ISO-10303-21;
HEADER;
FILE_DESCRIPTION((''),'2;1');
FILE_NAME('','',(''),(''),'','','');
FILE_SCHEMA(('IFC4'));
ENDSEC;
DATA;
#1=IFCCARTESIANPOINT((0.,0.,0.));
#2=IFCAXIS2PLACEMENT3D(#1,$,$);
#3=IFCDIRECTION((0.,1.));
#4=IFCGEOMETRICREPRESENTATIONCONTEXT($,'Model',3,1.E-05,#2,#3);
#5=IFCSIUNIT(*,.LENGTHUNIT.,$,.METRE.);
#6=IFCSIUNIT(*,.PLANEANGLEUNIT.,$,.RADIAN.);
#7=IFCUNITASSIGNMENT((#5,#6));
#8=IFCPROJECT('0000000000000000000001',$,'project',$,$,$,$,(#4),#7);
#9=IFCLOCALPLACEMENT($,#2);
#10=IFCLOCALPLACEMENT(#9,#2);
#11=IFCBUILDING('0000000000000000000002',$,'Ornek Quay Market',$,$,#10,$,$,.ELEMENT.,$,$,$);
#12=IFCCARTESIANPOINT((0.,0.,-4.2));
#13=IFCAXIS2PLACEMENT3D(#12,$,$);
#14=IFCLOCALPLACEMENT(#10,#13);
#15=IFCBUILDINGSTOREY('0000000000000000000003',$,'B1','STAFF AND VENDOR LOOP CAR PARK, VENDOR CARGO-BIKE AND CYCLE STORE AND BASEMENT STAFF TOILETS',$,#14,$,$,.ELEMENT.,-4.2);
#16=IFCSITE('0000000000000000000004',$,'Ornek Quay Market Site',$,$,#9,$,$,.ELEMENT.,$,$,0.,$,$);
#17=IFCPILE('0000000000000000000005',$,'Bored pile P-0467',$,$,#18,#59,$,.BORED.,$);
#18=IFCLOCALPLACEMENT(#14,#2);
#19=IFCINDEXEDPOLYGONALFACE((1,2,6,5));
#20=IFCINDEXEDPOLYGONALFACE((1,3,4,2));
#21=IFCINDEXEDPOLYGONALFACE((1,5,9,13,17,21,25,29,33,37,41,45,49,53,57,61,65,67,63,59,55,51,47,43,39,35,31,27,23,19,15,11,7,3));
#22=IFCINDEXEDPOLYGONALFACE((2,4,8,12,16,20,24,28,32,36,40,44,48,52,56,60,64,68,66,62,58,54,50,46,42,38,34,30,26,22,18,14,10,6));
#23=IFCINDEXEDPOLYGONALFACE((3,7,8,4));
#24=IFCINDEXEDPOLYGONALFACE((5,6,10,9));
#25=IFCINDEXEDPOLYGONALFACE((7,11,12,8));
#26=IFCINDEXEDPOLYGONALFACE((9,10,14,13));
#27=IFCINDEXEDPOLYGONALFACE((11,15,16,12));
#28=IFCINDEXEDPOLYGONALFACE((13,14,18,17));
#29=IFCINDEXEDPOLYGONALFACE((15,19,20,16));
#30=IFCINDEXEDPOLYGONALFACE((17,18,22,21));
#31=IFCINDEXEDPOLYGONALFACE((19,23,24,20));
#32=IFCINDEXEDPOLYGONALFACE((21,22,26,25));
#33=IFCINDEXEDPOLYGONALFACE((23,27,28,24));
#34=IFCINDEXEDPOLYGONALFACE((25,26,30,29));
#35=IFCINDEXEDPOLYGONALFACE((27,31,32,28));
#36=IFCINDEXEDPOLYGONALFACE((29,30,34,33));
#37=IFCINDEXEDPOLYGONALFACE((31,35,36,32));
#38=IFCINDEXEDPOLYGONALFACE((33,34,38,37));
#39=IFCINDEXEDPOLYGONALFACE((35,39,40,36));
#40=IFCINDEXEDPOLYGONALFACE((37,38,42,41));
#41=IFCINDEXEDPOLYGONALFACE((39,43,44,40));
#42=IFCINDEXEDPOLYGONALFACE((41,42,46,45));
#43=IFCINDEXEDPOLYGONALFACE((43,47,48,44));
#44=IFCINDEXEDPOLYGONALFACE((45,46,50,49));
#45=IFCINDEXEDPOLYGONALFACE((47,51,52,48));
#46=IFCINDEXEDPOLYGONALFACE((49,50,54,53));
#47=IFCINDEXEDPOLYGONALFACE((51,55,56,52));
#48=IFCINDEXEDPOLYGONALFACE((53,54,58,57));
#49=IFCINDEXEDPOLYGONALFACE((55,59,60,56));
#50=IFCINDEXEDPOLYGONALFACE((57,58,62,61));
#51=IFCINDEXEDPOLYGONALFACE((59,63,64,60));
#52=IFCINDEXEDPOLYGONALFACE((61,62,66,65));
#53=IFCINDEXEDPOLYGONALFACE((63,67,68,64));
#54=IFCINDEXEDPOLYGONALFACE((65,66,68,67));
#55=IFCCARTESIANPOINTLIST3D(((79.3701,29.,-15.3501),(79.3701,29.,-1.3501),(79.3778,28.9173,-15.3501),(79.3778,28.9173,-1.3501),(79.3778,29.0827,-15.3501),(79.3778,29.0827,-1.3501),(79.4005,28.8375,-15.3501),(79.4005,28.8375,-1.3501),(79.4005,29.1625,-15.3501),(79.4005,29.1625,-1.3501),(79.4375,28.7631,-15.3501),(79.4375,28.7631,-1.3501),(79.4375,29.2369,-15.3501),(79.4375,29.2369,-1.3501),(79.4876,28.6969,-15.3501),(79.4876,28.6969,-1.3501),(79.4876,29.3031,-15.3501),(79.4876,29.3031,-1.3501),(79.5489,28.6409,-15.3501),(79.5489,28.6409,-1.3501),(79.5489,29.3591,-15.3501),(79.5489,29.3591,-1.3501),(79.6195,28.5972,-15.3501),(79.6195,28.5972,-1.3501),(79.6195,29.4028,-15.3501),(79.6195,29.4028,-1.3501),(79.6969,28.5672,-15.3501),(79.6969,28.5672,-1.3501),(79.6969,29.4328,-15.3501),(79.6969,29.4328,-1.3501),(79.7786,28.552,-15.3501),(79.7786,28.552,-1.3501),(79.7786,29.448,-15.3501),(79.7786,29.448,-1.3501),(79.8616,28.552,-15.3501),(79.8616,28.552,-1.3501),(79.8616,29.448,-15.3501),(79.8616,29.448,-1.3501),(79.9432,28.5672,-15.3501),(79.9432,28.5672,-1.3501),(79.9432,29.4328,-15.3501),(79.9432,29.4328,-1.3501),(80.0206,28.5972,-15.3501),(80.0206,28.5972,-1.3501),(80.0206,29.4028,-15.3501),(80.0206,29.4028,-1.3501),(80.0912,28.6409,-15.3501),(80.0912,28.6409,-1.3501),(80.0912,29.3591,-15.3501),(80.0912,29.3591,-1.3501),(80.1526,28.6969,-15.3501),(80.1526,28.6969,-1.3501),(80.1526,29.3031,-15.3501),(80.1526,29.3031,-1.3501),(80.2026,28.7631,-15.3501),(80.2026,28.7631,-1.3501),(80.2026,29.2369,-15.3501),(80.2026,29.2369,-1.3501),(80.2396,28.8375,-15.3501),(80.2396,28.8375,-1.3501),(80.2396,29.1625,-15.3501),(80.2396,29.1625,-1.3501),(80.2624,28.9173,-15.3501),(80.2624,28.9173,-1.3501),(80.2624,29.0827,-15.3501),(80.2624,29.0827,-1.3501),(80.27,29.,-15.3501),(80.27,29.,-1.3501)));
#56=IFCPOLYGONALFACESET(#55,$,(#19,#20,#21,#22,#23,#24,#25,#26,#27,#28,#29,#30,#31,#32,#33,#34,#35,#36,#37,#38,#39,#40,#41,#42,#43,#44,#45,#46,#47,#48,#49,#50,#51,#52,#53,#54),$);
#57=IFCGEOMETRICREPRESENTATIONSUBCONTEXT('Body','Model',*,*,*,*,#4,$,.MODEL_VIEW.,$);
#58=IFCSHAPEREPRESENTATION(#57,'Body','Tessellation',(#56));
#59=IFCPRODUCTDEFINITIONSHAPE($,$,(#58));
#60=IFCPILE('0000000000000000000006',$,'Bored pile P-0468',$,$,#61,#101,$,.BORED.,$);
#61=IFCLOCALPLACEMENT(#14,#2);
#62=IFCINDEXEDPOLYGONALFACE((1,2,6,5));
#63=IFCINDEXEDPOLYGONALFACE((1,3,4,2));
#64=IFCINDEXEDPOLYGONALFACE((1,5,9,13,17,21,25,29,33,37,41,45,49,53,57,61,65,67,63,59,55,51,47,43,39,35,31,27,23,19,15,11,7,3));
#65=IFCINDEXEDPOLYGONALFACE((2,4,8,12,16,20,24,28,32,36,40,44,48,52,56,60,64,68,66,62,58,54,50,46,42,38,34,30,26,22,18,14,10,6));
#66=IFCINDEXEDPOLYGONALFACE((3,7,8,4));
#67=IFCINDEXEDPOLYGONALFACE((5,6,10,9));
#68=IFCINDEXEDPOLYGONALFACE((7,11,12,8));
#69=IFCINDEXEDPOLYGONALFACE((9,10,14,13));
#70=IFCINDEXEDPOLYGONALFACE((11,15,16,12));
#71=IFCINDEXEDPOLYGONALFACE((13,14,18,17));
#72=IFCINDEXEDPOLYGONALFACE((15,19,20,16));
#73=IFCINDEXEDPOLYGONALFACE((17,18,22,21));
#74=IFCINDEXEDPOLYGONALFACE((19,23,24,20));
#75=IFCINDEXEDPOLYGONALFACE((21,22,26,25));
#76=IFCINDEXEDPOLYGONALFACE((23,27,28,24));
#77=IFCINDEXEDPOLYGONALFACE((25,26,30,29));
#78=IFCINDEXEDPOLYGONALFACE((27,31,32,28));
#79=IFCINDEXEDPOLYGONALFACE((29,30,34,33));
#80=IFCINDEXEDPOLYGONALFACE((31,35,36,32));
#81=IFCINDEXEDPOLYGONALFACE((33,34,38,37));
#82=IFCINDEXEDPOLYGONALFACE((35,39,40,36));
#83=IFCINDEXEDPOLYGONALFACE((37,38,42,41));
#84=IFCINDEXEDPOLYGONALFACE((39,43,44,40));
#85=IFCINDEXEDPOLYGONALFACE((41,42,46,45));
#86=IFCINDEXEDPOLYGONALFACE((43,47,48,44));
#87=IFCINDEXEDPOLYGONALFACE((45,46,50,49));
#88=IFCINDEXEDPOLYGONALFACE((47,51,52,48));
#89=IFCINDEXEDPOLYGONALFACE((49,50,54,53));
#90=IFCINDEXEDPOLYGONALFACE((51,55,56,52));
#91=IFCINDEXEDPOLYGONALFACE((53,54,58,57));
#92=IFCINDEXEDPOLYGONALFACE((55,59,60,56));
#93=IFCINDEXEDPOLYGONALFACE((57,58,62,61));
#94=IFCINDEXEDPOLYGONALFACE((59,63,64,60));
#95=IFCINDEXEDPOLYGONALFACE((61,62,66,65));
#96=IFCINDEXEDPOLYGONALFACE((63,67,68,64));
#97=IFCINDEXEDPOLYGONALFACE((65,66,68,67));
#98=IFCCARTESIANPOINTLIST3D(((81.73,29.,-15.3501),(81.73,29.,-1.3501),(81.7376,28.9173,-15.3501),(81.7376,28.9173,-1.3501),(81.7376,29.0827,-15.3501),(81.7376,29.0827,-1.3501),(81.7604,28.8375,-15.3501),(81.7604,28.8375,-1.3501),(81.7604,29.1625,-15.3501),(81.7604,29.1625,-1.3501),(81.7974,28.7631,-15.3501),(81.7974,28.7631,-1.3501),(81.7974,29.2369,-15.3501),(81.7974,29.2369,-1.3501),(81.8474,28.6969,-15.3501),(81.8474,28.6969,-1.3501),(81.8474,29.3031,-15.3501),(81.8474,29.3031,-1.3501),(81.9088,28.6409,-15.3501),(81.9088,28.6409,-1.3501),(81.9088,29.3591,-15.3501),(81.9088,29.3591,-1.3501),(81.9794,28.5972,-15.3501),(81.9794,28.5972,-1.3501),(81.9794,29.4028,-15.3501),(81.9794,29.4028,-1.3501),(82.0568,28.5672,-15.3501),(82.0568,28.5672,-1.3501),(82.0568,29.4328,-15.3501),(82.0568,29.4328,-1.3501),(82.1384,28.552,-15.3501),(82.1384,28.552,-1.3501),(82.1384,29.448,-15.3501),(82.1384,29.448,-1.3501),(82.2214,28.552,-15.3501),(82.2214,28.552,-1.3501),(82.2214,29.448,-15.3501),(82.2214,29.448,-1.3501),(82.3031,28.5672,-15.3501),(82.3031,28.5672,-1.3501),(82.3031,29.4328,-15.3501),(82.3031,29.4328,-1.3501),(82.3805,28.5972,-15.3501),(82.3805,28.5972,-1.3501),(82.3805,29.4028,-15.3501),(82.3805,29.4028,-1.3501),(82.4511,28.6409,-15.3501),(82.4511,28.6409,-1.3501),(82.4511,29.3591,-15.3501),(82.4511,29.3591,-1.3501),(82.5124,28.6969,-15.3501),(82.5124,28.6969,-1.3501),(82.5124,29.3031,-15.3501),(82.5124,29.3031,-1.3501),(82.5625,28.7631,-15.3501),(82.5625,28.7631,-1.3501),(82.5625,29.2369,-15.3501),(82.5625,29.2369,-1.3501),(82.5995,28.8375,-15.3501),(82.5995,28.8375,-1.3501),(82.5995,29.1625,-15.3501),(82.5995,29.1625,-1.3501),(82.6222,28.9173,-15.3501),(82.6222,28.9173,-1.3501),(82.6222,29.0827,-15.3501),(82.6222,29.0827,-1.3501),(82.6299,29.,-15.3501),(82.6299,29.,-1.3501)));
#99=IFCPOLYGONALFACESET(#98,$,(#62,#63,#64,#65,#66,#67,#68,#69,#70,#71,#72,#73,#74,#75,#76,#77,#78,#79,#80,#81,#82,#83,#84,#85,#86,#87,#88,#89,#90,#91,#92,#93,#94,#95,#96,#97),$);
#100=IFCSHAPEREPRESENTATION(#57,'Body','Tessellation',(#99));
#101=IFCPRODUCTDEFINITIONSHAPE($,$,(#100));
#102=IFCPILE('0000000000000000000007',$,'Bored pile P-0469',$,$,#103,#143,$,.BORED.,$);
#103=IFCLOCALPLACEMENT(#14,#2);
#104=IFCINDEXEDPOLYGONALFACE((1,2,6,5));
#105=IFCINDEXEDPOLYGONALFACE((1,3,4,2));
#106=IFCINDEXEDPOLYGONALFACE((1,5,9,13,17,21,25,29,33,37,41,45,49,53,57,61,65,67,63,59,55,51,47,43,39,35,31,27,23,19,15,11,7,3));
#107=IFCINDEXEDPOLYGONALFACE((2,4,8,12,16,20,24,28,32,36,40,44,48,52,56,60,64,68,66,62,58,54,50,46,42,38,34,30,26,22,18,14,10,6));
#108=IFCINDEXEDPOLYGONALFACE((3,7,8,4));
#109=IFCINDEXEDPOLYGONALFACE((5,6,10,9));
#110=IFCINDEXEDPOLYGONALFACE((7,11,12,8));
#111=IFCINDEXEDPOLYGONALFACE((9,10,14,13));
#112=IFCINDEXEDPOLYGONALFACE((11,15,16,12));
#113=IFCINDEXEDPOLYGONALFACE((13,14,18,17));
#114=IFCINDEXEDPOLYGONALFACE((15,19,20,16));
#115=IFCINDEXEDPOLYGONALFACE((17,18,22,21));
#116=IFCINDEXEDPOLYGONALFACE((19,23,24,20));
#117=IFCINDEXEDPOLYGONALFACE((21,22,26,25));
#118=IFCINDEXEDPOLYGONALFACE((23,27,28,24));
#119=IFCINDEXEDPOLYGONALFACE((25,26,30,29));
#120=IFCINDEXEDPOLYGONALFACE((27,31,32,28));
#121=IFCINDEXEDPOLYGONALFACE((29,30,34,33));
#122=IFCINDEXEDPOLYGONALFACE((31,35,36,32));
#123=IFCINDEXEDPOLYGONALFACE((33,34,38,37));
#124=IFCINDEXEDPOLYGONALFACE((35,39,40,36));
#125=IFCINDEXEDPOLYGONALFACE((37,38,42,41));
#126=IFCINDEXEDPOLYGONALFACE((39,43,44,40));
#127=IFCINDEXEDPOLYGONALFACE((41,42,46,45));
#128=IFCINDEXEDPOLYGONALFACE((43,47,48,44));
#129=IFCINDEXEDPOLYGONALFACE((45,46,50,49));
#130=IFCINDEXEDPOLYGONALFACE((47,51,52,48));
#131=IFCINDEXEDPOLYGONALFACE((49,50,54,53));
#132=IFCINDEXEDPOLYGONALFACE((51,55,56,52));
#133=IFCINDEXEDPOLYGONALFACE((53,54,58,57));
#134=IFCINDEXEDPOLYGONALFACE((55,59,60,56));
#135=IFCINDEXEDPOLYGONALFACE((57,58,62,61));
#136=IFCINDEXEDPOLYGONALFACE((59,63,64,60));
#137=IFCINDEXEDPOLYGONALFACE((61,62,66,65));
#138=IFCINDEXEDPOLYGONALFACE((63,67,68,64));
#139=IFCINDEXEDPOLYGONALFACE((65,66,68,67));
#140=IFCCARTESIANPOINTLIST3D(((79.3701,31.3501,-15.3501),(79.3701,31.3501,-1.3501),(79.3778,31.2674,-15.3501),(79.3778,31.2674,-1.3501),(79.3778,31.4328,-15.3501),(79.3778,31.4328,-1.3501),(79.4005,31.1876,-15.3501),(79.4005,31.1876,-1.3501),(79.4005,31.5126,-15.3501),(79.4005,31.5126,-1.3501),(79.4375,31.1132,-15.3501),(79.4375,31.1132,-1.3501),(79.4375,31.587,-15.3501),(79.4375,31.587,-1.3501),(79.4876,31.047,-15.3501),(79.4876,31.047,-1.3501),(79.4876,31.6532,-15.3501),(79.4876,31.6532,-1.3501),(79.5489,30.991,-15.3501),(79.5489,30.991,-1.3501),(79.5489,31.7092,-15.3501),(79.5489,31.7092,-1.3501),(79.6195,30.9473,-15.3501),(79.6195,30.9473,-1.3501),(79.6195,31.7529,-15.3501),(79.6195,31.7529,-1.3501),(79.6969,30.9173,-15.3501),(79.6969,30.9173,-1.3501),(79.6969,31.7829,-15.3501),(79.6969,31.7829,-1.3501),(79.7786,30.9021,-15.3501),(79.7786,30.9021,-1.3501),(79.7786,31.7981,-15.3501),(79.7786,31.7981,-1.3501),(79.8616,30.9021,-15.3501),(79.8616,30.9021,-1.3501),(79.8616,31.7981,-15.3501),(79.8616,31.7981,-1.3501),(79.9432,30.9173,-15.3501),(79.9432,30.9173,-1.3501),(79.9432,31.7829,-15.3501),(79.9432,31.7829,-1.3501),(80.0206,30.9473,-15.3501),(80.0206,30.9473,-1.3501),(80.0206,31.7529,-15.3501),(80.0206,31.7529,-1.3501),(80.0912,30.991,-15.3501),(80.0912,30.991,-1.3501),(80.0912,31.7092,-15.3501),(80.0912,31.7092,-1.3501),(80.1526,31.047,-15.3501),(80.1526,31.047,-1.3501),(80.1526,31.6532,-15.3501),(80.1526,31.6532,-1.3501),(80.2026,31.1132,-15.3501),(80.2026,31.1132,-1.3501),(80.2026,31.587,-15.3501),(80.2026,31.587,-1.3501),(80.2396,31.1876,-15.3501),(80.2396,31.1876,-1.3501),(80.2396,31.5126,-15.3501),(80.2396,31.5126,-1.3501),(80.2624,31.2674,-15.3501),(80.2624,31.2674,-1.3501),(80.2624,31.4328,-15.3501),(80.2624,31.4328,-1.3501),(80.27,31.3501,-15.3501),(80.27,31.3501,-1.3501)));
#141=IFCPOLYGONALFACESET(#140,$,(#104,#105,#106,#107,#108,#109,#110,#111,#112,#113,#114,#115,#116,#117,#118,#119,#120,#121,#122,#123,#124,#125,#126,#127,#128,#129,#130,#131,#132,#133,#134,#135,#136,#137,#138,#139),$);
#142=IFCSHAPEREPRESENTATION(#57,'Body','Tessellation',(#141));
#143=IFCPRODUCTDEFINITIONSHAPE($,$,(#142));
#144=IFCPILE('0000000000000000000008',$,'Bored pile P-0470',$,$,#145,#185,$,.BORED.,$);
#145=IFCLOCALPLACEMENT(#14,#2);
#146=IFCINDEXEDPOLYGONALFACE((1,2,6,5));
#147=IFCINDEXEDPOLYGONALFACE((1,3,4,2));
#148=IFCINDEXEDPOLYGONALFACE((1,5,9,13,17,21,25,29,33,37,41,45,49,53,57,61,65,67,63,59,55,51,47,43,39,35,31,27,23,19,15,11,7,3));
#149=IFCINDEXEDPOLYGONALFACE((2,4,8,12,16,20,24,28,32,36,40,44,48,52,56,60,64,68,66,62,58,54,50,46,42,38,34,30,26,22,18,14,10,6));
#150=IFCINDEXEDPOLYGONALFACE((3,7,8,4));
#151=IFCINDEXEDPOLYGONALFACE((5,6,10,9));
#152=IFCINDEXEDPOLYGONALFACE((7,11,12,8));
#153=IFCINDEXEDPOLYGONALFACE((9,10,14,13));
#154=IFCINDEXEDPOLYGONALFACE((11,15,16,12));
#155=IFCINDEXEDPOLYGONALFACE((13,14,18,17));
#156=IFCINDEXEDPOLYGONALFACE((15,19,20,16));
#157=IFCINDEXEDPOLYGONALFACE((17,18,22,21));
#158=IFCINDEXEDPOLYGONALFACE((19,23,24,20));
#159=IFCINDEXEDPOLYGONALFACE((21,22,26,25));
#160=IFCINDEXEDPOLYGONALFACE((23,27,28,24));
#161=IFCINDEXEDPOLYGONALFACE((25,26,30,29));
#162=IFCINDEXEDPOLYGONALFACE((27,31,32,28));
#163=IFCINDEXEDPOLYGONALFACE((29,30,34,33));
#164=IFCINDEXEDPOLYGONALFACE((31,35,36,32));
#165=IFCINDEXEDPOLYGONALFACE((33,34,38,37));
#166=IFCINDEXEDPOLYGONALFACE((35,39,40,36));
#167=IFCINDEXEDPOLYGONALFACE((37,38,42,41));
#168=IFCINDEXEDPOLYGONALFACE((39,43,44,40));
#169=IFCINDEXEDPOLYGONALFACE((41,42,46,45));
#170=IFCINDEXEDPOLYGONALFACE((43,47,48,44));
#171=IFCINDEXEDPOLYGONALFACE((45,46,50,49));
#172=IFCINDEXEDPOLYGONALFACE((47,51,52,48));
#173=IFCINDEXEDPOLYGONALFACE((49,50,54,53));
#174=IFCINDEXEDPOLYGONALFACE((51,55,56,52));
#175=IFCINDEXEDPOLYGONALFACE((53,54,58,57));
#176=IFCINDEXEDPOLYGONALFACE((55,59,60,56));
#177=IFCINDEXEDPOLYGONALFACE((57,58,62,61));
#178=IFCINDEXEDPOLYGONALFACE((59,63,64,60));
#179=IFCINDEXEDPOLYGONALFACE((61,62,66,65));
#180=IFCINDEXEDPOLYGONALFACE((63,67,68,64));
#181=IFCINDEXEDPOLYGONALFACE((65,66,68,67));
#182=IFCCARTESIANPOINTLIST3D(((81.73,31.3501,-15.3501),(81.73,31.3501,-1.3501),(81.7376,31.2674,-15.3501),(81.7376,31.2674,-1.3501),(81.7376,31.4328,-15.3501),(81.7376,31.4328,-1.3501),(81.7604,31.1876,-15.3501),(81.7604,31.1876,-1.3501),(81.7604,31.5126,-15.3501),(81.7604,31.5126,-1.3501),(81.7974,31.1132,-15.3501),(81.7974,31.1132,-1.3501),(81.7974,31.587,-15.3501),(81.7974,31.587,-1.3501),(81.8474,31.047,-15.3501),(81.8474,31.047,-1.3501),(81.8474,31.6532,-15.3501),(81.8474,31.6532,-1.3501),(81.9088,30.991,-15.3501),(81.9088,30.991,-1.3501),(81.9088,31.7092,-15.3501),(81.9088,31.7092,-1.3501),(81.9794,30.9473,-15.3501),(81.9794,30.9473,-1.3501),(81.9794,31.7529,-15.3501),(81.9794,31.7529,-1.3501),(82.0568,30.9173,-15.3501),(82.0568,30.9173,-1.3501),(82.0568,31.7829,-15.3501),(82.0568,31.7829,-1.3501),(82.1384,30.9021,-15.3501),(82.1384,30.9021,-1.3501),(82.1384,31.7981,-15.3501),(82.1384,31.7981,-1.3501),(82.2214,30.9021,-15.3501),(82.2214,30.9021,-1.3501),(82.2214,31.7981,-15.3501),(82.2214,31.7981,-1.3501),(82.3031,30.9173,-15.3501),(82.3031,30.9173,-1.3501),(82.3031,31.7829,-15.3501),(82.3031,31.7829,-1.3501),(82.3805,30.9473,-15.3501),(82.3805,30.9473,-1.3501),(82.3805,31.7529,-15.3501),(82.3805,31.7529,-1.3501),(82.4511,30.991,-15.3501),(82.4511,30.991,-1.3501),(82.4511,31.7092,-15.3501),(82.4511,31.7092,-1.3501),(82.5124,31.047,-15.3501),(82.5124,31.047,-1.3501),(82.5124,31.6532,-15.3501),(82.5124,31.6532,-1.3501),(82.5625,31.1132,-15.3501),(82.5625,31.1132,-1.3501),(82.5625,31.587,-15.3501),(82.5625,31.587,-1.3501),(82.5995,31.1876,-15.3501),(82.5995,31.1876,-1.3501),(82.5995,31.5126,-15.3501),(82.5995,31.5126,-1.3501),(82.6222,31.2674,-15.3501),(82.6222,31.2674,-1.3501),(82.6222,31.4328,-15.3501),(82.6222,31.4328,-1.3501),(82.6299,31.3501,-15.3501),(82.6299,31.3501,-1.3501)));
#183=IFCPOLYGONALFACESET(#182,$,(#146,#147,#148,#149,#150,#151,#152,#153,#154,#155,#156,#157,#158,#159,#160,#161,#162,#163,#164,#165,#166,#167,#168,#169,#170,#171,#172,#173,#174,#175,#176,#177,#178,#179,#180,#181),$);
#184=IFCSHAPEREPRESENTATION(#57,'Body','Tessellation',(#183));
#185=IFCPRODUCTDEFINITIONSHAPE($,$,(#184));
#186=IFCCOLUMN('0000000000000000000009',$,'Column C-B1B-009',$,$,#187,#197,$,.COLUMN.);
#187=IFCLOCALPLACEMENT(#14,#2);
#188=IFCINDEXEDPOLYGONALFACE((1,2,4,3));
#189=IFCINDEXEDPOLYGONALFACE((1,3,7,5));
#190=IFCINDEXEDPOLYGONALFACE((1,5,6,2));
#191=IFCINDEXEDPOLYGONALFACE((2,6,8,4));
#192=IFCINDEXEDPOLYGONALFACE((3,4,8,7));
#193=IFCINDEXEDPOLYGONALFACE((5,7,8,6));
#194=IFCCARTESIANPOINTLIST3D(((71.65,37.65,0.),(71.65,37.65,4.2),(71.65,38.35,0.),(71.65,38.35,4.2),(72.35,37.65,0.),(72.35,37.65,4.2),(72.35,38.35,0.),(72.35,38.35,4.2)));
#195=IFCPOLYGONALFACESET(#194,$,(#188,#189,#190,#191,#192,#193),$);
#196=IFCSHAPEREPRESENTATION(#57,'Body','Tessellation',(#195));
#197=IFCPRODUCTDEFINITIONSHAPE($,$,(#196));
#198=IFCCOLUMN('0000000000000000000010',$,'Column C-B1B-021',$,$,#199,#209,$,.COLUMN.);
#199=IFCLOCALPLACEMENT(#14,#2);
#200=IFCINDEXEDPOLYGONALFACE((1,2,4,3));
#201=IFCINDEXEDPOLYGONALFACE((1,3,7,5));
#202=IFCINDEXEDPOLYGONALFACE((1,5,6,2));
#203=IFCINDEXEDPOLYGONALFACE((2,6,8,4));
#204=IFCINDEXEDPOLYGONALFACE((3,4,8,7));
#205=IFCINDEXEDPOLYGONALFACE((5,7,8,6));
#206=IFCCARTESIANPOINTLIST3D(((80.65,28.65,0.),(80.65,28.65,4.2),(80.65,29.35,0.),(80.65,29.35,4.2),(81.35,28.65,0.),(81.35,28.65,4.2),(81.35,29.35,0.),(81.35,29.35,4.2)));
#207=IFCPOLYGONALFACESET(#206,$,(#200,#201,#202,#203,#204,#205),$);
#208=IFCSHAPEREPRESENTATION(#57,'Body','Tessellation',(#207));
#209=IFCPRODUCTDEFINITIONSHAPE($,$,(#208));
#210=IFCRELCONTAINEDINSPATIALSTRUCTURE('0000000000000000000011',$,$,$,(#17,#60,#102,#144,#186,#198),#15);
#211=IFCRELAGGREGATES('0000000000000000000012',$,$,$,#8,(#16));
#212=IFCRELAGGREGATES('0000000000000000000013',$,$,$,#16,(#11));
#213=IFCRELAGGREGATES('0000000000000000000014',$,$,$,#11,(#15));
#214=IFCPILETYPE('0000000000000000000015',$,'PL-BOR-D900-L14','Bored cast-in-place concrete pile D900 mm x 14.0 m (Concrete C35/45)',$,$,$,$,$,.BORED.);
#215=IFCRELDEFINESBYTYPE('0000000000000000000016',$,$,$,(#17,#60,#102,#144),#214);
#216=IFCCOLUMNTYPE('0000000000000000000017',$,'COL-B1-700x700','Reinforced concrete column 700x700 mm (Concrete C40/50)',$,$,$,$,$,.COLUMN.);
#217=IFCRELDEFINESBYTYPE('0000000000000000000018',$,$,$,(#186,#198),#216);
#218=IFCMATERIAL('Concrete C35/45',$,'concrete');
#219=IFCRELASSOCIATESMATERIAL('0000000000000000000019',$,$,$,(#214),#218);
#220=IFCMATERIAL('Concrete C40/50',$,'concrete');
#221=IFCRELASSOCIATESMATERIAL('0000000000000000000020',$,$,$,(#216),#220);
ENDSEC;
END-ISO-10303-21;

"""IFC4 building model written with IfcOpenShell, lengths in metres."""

from ifc_helpers import new_model, si_unit, direction, frame, origin, origin_2d, place, context, subcontext, project, spatial, rectangle, circle, extrude, material, material_profile, profile_set, type_object, element, save


model = new_model("IFC4")

# Units and contexts
model_context = context("Model", 3, precision=1e-05, world=origin(), true_north=direction((0.0, 1.0)))
body_context = subcontext(model_context, "Body", "Model", "MODEL_VIEW")
ifc_project = project(units=[si_unit("LENGTHUNIT", "METRE"), si_unit("PLANEANGLEUNIT", "RADIAN")], contexts=[model_context])

# Site, building, storey
site_placement = place(None, origin())
site = spatial("IfcSite", under=ifc_project, at=site_placement, Name="Ornek Quay Market Site", CompositionType="ELEMENT", RefElevation=0.0)
building_placement = place(site_placement, origin())
building = spatial("IfcBuilding", under=site, at=building_placement, Name="Ornek Quay Market", CompositionType="ELEMENT")
storey_placement = place(building_placement, frame((0.0, 0.0, -4.2)))
storey = spatial("IfcBuildingStorey", under=building, at=storey_placement, Name="B1", Description="STAFF AND VENDOR LOOP CAR PARK, VENDOR CARGO-BIKE AND CYCLE STORE AND BASEMENT STAFF TOILETS", CompositionType="ELEMENT", Elevation=-4.2)

# Piles
ifc_material_1 = material(Name="Concrete C35/45", Category="concrete")
ifc_material_profile_1 = material_profile(ifc_material_1, circle(Radius=0.45, at=origin_2d()), Name="PILE D900", Category="concrete")
ifc_profile_set_1 = profile_set([ifc_material_profile_1], Name="Concrete C35/45")
pile_type = type_object("IfcPileType", Name="PL-BOR-D900-L14", Description="Bored cast-in-place concrete pile D900 mm x 14.0 m (Concrete C35/45)", PredefinedType="BORED", material=ifc_profile_set_1)
for number, where, z_axis, x_axis, name in (
    (1, (79.8201, 29.0, -1.3501), (0.0, 0.0, -1.0), (1.0, 0.0, 0.0), "Bored pile P-0467"),
    (2, (82.1799, 29.0, -1.3501), (0.0, 0.0, -1.0), (1.0, 0.0, 0.0), "Bored pile P-0468"),
    (3, (79.8201, 31.3501, -1.3501), (0.0, 0.0, -1.0), (1.0, 0.0, 0.0), "Bored pile P-0469"),
    (4, (82.1799, 31.3501, -1.3501), (0.0, 0.0, -1.0), (1.0, 0.0, 0.0), "Bored pile P-0470"),
):
    element("IfcPile", number, at=place(storey_placement, frame(where, z_axis=z_axis, x_axis=x_axis)), inside=storey, type_object=pile_type, Name=name, PredefinedType="BORED", context=body_context, shape_type="SweptSolid", body=[
        extrude(circle(Radius=0.45, at=origin_2d()), origin(), (0.0, 0.0, 1.0), 14.0),
    ])

# Columns
ifc_material_2 = material(Name="Concrete C40/50", Category="concrete")
ifc_material_profile_2 = material_profile(ifc_material_2, rectangle(XDim=0.7, YDim=0.7, at=origin_2d()), Name="RC 700x700", Category="concrete")
ifc_profile_set_2 = profile_set([ifc_material_profile_2], Name="Concrete C40/50")
column_type = type_object("IfcColumnType", Name="COL-B1-700x700", Description="Reinforced concrete column 700x700 mm (Concrete C40/50)", PredefinedType="COLUMN", material=ifc_profile_set_2)
for number, where, z_axis, x_axis, name in (
    (5, (72.0, 38.0, 0.0), (0.0, 0.0, 1.0), (1.0, 0.0, 0.0), "Column C-B1B-009"),
    (6, (81.0, 29.0, 0.0), (0.0, 0.0, 1.0), (1.0, 0.0, 0.0), "Column C-B1B-021"),
):
    element("IfcColumn", number, at=place(storey_placement, frame(where, z_axis=z_axis, x_axis=x_axis)), inside=storey, type_object=column_type, Name=name, PredefinedType="COLUMN", context=body_context, shape_type="SweptSolid", body=[
        extrude(rectangle(XDim=0.7, YDim=0.7, at=origin_2d()), origin(), (0.0, 0.0, 1.0), 4.2),
    ])

save(model, "model.ifc")
